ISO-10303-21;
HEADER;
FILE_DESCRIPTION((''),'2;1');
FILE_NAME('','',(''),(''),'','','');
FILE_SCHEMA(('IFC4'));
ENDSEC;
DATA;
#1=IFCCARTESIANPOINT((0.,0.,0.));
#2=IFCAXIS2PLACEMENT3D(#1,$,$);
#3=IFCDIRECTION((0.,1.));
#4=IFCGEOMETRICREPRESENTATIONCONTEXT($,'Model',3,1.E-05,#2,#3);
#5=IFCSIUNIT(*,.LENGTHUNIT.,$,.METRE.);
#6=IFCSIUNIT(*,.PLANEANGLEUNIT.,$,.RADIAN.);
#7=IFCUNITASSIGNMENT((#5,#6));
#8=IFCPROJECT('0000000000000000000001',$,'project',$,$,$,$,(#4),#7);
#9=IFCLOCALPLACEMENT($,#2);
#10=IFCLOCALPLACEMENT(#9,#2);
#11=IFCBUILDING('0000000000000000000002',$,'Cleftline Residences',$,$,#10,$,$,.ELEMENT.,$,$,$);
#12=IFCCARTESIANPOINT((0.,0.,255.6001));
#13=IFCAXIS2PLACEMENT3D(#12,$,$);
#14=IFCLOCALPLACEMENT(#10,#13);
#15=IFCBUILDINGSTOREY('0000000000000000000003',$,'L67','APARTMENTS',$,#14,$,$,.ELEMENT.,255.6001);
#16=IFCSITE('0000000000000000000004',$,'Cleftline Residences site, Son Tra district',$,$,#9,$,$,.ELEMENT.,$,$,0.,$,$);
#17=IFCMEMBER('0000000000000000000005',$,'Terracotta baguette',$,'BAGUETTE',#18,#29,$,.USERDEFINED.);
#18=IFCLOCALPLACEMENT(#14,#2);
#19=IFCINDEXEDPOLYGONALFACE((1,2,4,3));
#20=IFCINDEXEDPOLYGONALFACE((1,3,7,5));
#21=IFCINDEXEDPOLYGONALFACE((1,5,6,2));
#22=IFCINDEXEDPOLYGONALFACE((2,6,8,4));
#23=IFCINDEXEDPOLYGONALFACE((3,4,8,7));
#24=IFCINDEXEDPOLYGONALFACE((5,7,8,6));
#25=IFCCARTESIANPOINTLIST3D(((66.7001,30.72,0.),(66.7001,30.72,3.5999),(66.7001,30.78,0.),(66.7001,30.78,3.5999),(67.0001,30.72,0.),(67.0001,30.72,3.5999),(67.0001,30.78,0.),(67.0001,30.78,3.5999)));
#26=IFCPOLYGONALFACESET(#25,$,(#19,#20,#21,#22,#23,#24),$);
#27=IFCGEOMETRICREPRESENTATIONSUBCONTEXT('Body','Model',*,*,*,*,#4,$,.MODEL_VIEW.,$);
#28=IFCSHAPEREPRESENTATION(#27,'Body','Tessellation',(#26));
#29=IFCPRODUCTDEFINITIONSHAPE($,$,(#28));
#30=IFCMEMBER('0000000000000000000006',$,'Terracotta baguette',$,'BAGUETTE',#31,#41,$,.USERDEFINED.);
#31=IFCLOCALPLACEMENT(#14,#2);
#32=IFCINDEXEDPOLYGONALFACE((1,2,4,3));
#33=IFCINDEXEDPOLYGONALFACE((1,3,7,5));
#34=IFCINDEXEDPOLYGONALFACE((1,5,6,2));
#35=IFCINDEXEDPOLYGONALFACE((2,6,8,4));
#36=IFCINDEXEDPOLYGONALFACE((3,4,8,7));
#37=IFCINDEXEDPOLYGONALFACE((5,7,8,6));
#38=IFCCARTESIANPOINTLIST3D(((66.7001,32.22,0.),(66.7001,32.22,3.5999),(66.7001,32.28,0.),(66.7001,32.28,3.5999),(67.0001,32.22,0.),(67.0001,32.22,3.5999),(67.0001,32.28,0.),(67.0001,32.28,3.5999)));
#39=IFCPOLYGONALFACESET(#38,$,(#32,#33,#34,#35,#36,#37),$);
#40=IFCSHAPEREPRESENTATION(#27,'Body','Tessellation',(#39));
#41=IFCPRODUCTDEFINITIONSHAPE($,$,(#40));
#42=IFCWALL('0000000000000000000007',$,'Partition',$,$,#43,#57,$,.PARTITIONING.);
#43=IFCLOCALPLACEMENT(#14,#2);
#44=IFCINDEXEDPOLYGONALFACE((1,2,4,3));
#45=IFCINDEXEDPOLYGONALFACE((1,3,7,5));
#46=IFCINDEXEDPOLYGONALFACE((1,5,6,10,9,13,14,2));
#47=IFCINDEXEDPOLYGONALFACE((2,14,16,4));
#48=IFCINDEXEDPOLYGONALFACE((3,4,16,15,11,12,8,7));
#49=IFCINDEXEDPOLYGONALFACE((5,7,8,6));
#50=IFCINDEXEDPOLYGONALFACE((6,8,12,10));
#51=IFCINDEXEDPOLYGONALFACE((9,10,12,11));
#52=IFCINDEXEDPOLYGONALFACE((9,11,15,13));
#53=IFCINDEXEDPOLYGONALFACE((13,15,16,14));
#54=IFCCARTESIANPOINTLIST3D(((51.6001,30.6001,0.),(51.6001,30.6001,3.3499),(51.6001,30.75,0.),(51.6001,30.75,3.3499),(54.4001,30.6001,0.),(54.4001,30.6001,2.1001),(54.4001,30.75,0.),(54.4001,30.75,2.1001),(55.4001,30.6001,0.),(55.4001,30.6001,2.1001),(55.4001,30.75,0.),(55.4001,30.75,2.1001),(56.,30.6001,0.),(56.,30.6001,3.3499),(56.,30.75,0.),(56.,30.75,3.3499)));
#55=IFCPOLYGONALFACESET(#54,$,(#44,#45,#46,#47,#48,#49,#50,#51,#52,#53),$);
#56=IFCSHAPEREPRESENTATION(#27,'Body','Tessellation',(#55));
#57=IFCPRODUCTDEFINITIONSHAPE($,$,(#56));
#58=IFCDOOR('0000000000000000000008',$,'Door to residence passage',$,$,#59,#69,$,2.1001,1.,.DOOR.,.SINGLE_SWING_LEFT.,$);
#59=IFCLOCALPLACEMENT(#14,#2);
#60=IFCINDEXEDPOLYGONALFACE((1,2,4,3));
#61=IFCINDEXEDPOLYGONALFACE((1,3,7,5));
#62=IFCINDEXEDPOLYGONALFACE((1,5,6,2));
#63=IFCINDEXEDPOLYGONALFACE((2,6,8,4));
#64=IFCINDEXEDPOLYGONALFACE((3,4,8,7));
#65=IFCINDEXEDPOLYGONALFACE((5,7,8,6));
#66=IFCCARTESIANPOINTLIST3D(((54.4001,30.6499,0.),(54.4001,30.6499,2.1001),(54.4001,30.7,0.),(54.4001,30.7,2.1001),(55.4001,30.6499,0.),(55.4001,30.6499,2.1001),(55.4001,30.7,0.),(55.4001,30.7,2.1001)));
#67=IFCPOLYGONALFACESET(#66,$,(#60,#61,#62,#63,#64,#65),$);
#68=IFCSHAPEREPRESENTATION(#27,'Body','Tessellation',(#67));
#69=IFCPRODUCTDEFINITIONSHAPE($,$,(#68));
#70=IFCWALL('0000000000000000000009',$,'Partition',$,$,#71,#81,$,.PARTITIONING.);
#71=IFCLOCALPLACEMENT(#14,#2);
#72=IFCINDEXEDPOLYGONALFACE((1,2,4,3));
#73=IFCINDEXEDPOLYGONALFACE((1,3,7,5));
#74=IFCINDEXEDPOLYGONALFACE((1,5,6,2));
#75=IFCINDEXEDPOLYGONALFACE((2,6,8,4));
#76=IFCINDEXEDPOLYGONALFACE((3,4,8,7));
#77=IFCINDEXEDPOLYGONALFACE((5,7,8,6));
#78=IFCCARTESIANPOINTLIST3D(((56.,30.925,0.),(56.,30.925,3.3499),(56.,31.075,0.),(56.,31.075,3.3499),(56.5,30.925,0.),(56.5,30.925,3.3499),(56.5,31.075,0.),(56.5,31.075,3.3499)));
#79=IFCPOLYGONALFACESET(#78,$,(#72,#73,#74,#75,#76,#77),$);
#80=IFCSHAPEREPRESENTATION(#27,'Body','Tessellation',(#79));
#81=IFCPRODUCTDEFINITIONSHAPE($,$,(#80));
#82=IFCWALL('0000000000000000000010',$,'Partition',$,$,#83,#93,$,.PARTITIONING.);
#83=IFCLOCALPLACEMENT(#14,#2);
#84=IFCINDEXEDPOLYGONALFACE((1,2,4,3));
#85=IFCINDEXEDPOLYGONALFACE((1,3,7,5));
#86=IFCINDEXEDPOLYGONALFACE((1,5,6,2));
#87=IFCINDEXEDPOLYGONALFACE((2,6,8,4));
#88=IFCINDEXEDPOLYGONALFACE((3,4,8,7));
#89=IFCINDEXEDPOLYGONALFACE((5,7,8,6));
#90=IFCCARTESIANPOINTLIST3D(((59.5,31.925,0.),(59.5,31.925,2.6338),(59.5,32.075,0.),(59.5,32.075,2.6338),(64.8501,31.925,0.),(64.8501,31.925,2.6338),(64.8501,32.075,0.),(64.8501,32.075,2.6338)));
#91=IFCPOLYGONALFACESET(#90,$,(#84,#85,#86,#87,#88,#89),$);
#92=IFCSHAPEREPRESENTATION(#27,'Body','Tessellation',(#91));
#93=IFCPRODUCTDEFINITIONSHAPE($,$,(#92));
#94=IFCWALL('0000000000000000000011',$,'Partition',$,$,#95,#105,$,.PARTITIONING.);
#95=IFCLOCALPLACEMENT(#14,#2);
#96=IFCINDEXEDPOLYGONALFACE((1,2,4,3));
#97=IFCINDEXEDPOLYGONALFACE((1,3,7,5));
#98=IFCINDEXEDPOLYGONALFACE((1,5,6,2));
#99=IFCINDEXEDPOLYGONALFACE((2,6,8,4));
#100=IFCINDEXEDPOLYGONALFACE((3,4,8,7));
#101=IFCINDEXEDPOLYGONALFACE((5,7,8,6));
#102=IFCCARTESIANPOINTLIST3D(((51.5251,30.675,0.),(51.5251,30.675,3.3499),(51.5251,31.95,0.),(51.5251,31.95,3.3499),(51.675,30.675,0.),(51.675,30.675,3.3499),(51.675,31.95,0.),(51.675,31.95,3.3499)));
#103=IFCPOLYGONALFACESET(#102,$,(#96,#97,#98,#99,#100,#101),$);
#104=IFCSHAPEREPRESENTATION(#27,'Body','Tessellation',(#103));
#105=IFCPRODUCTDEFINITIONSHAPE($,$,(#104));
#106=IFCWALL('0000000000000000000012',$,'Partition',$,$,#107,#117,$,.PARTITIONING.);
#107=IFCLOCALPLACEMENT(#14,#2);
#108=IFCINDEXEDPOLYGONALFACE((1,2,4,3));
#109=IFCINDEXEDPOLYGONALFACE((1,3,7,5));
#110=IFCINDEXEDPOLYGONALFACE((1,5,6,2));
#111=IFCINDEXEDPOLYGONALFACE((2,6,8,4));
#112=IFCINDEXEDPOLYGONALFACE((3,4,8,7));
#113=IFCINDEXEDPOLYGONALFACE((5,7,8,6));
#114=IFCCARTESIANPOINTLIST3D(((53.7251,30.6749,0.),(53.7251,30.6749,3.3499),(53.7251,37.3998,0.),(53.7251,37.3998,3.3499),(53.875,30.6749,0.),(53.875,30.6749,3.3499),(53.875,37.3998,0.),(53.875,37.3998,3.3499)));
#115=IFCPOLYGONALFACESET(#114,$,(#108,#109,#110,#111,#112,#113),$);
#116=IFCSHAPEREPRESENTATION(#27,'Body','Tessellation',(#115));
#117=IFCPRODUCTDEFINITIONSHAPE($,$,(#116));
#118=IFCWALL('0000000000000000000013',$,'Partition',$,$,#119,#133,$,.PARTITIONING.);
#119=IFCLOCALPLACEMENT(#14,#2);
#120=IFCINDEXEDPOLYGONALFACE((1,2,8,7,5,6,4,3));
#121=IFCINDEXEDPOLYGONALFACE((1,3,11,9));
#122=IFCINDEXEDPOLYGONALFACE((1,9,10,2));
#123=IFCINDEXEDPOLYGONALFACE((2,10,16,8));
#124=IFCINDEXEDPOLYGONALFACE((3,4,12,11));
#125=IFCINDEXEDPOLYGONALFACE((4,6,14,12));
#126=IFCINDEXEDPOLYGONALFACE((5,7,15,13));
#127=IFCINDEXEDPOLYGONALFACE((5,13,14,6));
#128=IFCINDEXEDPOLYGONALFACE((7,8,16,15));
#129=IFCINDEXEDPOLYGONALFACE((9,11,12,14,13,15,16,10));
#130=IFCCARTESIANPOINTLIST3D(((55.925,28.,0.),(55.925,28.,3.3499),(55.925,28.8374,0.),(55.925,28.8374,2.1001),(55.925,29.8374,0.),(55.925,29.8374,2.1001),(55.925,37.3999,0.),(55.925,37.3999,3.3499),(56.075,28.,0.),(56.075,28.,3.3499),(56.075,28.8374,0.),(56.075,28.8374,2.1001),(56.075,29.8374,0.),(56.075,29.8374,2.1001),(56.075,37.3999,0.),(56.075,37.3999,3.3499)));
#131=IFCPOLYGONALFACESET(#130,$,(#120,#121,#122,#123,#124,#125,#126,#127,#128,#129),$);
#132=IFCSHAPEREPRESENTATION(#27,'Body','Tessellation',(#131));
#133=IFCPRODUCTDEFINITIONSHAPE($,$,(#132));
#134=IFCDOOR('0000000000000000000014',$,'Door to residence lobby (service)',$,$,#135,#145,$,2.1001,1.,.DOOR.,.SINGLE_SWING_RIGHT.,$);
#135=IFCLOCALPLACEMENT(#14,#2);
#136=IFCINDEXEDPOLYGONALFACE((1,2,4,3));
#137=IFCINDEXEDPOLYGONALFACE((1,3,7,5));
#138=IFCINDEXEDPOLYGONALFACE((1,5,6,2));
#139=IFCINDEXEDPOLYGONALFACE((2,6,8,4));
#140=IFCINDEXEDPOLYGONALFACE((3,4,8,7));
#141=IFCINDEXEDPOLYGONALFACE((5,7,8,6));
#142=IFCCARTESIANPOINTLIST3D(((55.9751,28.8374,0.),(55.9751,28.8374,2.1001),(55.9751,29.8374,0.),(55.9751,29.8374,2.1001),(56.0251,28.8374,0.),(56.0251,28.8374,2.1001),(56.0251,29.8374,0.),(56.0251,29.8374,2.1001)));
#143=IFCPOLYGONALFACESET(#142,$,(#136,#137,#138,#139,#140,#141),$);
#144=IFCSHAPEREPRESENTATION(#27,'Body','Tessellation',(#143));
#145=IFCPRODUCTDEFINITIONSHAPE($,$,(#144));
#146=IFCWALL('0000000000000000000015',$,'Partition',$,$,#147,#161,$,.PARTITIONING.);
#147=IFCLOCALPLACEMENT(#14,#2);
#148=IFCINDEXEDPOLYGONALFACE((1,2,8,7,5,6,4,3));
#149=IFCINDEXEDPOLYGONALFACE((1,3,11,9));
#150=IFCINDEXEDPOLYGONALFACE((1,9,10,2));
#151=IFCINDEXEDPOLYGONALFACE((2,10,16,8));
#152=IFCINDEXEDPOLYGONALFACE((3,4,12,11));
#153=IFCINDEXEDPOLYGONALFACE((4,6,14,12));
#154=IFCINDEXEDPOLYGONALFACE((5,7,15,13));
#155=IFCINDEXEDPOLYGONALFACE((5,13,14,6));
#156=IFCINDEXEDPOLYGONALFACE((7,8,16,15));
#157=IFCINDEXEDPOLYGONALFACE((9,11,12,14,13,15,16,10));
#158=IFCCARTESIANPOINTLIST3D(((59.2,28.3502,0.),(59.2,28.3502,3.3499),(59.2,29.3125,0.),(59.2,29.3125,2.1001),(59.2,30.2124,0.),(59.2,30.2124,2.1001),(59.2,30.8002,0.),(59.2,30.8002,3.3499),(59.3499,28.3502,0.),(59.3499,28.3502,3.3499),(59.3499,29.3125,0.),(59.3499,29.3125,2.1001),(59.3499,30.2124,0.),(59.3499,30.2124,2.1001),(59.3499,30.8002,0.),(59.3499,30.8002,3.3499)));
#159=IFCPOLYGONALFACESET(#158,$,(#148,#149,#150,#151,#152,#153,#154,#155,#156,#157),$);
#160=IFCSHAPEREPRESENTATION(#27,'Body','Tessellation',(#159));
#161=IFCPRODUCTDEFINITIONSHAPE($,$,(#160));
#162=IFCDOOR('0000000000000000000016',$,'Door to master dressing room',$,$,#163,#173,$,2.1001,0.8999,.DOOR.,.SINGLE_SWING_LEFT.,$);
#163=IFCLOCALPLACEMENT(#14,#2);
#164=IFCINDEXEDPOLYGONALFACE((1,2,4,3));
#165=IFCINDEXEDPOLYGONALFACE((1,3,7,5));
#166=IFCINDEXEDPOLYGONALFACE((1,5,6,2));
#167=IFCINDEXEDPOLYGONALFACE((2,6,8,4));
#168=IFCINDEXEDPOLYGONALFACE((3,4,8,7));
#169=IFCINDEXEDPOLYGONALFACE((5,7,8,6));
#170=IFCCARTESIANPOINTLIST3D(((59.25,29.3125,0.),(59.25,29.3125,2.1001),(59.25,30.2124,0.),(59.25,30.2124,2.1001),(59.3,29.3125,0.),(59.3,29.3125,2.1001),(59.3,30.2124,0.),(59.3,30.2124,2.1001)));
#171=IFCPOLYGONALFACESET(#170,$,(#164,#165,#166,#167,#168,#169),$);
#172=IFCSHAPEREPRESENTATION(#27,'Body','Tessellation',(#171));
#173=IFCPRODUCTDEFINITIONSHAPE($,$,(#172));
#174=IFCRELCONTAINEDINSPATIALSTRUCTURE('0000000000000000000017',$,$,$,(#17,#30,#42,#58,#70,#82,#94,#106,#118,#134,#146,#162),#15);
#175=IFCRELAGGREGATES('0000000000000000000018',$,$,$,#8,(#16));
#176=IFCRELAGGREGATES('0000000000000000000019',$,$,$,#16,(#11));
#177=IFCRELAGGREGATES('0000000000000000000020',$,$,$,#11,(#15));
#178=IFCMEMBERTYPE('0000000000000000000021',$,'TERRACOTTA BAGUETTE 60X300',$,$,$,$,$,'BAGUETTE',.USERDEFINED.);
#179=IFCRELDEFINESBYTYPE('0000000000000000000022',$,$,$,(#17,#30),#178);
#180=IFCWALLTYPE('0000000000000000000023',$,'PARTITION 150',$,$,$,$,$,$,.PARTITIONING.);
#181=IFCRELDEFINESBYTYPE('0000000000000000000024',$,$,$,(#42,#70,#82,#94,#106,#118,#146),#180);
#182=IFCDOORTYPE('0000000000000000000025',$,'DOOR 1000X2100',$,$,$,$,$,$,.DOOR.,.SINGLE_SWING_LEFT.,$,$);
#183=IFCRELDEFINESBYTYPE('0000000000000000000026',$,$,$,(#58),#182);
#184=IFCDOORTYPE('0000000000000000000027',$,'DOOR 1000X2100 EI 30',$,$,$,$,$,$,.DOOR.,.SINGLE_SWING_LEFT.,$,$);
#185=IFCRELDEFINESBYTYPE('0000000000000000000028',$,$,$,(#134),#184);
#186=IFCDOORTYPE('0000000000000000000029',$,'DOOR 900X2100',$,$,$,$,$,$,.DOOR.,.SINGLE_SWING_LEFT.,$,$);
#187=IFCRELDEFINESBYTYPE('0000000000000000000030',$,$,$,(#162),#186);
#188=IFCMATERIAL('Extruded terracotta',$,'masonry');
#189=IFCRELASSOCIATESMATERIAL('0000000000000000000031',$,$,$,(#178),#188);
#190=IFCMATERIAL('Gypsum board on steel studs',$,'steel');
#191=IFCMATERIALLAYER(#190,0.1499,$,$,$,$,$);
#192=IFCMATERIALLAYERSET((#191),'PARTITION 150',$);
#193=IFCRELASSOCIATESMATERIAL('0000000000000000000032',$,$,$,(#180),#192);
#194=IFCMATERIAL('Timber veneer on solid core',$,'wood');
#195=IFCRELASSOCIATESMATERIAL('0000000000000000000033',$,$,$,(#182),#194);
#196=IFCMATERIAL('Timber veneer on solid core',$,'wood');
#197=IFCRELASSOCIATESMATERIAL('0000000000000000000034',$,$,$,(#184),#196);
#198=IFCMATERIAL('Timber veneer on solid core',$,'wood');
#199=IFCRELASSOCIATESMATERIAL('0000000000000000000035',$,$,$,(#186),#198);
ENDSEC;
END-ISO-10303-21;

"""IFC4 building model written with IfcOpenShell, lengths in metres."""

from ifc_helpers import new_model, si_unit, direction, frame, frame_2d, origin, origin_2d, place, context, subcontext, project, spatial, rectangle, extrude, material, layer, layer_set, material_profile, profile_set, type_object, element, fill, save


model = new_model("IFC4")

# Units and contexts
model_context = context("Model", 3, precision=1e-05, world=origin(), true_north=direction((0.0, 1.0)))
body_context = subcontext(model_context, "Body", "Model", "MODEL_VIEW")
ifc_project = project(units=[si_unit("LENGTHUNIT", "METRE"), si_unit("PLANEANGLEUNIT", "RADIAN")], contexts=[model_context])

# Site, building, storey
site_placement = place(None, origin())
site = spatial("IfcSite", under=ifc_project, at=site_placement, Name="Cleftline Residences site, Son Tra district", CompositionType="ELEMENT", RefElevation=0.0)
building_placement = place(site_placement, origin())
building = spatial("IfcBuilding", under=site, at=building_placement, Name="Cleftline Residences", CompositionType="ELEMENT")
storey_placement = place(building_placement, frame((0.0, 0.0, 255.6001)))
storey = spatial("IfcBuildingStorey", under=building, at=storey_placement, Name="L67", Description="APARTMENTS", CompositionType="ELEMENT", Elevation=255.6001)

# Members
ifc_material_1 = material(Name="Extruded terracotta", Category="masonry")
ifc_material_profile_1 = material_profile(ifc_material_1, rectangle(XDim=0.0601, YDim=0.3, at=origin_2d()))
ifc_profile_set_1 = profile_set([ifc_material_profile_1], Name="Extruded terracotta")
member_type_1 = type_object("IfcMemberType", Name="TERRACOTTA BAGUETTE 60X300", ElementType="BAGUETTE", PredefinedType="USERDEFINED", material=ifc_profile_set_1)
for number, where, z_axis, x_axis, name in (
    (1, (66.8501, 30.75, 0.0), (0.0, 0.0, 1.0), (0.0, 1.0, 0.0), "Terracotta baguette"),
    (2, (66.8501, 32.25, 0.0), (0.0, 0.0, 1.0), (0.0, 1.0, 0.0), "Terracotta baguette"),
):
    element("IfcMember", number, at=place(storey_placement, frame(where, z_axis=z_axis, x_axis=x_axis)), inside=storey, type_object=member_type_1, Name=name, ObjectType="BAGUETTE", PredefinedType="USERDEFINED", context=body_context, shape_type="SweptSolid", body=[
        extrude(rectangle(XDim=0.0601, YDim=0.3, at=origin_2d()), origin(), (0.0, 0.0, 1.0), 3.5999),
    ])

# Wall, opening, door
ifc_material_2 = material(Name="Gypsum board on steel studs", Category="steel")
ifc_layer_1 = layer(ifc_material_2, 0.1499)
ifc_layer_set_1 = layer_set([ifc_layer_1], Name="PARTITION 150")
wall_type_1 = type_object("IfcWallType", Name="PARTITION 150", PredefinedType="PARTITIONING", material=ifc_layer_set_1)
wall_1_placement = place(storey_placement, frame((51.6001, 30.675, 0.0), z_axis=(0.0, 0.0, 1.0), x_axis=(1.0, 0.0, 0.0)))
wall_1 = element("IfcWall", 3, at=wall_1_placement, inside=storey, type_object=wall_type_1, Name="Partition", PredefinedType="PARTITIONING", context=body_context, shape_type="SweptSolid", body=[
    extrude(rectangle(XDim=4.3999, YDim=0.1499, at=frame_2d((2.2, 0.0))), origin(), (0.0, 0.0, 1.0), 3.3499),
])
opening_1_placement = place(wall_1_placement, frame((2.8, 0.0, 0.0)))
opening_1 = element("IfcOpeningElement", 4, at=opening_1_placement, cuts=wall_1, PredefinedType="OPENING", context=body_context, shape_type="SweptSolid", body=[
    extrude(rectangle(XDim=1.0, YDim=2.1001, at=frame_2d((0.5, 1.05))), frame((0.0, 0.085, 0.0), z_axis=(0.0, -1.0, 0.0), x_axis=(1.0, 0.0, 0.0)), (0.0, 0.0, 1.0), 0.1699),
])
ifc_material_3 = material(Name="Timber veneer on solid core", Category="wood")
door_type_1 = type_object("IfcDoorType", Name="DOOR 1000X2100", OperationType="SINGLE_SWING_LEFT", PredefinedType="DOOR", material=ifc_material_3)
door_1_placement = place(opening_1_placement, origin())
door_1 = element("IfcDoor", 5, at=door_1_placement, inside=storey, type_object=door_type_1, Name="Door to residence passage", OperationType="SINGLE_SWING_LEFT", OverallHeight=2.1001, OverallWidth=1.0, PredefinedType="DOOR", context=body_context, shape_type="SweptSolid", body=[
    extrude(rectangle(XDim=1.0, YDim=2.1001, at=frame_2d((0.5, 1.05))), frame((0.0, 0.0249, 0.0), z_axis=(0.0, -1.0, 0.0), x_axis=(1.0, 0.0, 0.0)), (0.0, 0.0, 1.0), 0.05),
])
fill(opening_1, door_1)

# Walls
wall_2_placement = place(storey_placement, frame((56.0, 31.0, 0.0), z_axis=(0.0, 0.0, 1.0), x_axis=(1.0, 0.0, 0.0)))
element("IfcWall", 6, at=wall_2_placement, inside=storey, type_object=wall_type_1, Name="Partition", PredefinedType="PARTITIONING", context=body_context, shape_type="SweptSolid", body=[
    extrude(rectangle(XDim=0.5, YDim=0.1499, at=frame_2d((0.25, 0.0))), origin(), (0.0, 0.0, 1.0), 3.3499),
])
wall_3_placement = place(storey_placement, frame((59.5, 32.0, 0.0), z_axis=(0.0, 0.0, 1.0), x_axis=(1.0, 0.0, 0.0)))
element("IfcWall", 7, at=wall_3_placement, inside=storey, type_object=wall_type_1, Name="Partition", PredefinedType="PARTITIONING", context=body_context, shape_type="SweptSolid", body=[
    extrude(rectangle(XDim=5.3501, YDim=0.1499, at=frame_2d((2.675, 0.0))), origin(), (0.0, 0.0, 1.0), 2.6338),
])
wall_4_placement = place(storey_placement, frame((51.6001, 30.675, 0.0), z_axis=(0.0, 0.0, 1.0), x_axis=(0.0, 1.0, 0.0)))
element("IfcWall", 8, at=wall_4_placement, inside=storey, type_object=wall_type_1, Name="Partition", PredefinedType="PARTITIONING", context=body_context, shape_type="SweptSolid", body=[
    extrude(rectangle(XDim=1.2749, YDim=0.1499, at=frame_2d((0.6375, 0.0))), origin(), (0.0, 0.0, 1.0), 3.3499),
])
wall_5_placement = place(storey_placement, frame((53.8, 30.675, 0.0), z_axis=(0.0, 0.0, 1.0), x_axis=(0.0, 1.0, 0.0)))
element("IfcWall", 9, at=wall_5_placement, inside=storey, type_object=wall_type_1, Name="Partition", PredefinedType="PARTITIONING", context=body_context, shape_type="SweptSolid", body=[
    extrude(rectangle(XDim=6.7249, YDim=0.1499, at=frame_2d((3.3623, 0.0))), origin(), (0.0, 0.0, 1.0), 3.3499),
])

# Walls, openings, doors
wall_6_placement = place(storey_placement, frame((56.0, 28.0, 0.0), z_axis=(0.0, 0.0, 1.0), x_axis=(0.0, 1.0, 0.0)))
wall_6 = element("IfcWall", 10, at=wall_6_placement, inside=storey, type_object=wall_type_1, Name="Partition", PredefinedType="PARTITIONING", context=body_context, shape_type="SweptSolid", body=[
    extrude(rectangle(XDim=9.3999, YDim=0.1499, at=frame_2d((4.7, 0.0))), origin(), (0.0, 0.0, 1.0), 3.3499),
])
opening_2_placement = place(wall_6_placement, frame((0.8374, 0.0, 0.0)))
opening_2 = element("IfcOpeningElement", 11, at=opening_2_placement, cuts=wall_6, PredefinedType="OPENING", context=body_context, shape_type="SweptSolid", body=[
    extrude(rectangle(XDim=1.0, YDim=2.1001, at=frame_2d((0.5, 1.05))), frame((0.0, 0.085, 0.0), z_axis=(0.0, -1.0, 0.0), x_axis=(1.0, 0.0, 0.0)), (0.0, 0.0, 1.0), 0.1699),
])
ifc_material_4 = material(Name="Timber veneer on solid core", Category="wood")
door_type_2 = type_object("IfcDoorType", Name="DOOR 1000X2100 EI 30", OperationType="SINGLE_SWING_LEFT", PredefinedType="DOOR", material=ifc_material_4)
door_2_placement = place(opening_2_placement, origin())
door_2 = element("IfcDoor", 12, at=door_2_placement, inside=storey, type_object=door_type_2, Name="Door to residence lobby (service)", OperationType="SINGLE_SWING_RIGHT", OverallHeight=2.1001, OverallWidth=1.0, PredefinedType="DOOR", context=body_context, shape_type="SweptSolid", body=[
    extrude(rectangle(XDim=1.0, YDim=2.1001, at=frame_2d((0.5, 1.05))), frame((0.0, 0.0249, 0.0), z_axis=(0.0, -1.0, 0.0), x_axis=(1.0, 0.0, 0.0)), (0.0, 0.0, 1.0), 0.05),
])
fill(opening_2, door_2)
wall_7_placement = place(storey_placement, frame((59.2749, 28.3501, 0.0), z_axis=(0.0, 0.0, 1.0), x_axis=(0.0, 1.0, 0.0)))
wall_7 = element("IfcWall", 13, at=wall_7_placement, inside=storey, type_object=wall_type_1, Name="Partition", PredefinedType="PARTITIONING", context=body_context, shape_type="SweptSolid", body=[
    extrude(rectangle(XDim=2.45, YDim=0.1499, at=frame_2d((1.2251, 0.0))), origin(), (0.0, 0.0, 1.0), 3.3499),
])
opening_3_placement = place(wall_7_placement, frame((0.9624, 0.0, 0.0)))
opening_3 = element("IfcOpeningElement", 14, at=opening_3_placement, cuts=wall_7, PredefinedType="OPENING", context=body_context, shape_type="SweptSolid", body=[
    extrude(rectangle(XDim=0.8999, YDim=2.1001, at=frame_2d((0.45, 1.05))), frame((0.0, 0.085, 0.0), z_axis=(0.0, -1.0, 0.0), x_axis=(1.0, 0.0, 0.0)), (0.0, 0.0, 1.0), 0.1699),
])
ifc_material_5 = material(Name="Timber veneer on solid core", Category="wood")
door_type_3 = type_object("IfcDoorType", Name="DOOR 900X2100", OperationType="SINGLE_SWING_LEFT", PredefinedType="DOOR", material=ifc_material_5)
door_3_placement = place(opening_3_placement, origin())
door_3 = element("IfcDoor", 15, at=door_3_placement, inside=storey, type_object=door_type_3, Name="Door to master dressing room", OperationType="SINGLE_SWING_LEFT", OverallHeight=2.1001, OverallWidth=0.8999, PredefinedType="DOOR", context=body_context, shape_type="SweptSolid", body=[
    extrude(rectangle(XDim=0.8999, YDim=2.1001, at=frame_2d((0.45, 1.05))), frame((0.0, 0.0249, 0.0), z_axis=(0.0, -1.0, 0.0), x_axis=(1.0, 0.0, 0.0)), (0.0, 0.0, 1.0), 0.05),
])
fill(opening_3, door_3)

save(model, "model.ifc")
